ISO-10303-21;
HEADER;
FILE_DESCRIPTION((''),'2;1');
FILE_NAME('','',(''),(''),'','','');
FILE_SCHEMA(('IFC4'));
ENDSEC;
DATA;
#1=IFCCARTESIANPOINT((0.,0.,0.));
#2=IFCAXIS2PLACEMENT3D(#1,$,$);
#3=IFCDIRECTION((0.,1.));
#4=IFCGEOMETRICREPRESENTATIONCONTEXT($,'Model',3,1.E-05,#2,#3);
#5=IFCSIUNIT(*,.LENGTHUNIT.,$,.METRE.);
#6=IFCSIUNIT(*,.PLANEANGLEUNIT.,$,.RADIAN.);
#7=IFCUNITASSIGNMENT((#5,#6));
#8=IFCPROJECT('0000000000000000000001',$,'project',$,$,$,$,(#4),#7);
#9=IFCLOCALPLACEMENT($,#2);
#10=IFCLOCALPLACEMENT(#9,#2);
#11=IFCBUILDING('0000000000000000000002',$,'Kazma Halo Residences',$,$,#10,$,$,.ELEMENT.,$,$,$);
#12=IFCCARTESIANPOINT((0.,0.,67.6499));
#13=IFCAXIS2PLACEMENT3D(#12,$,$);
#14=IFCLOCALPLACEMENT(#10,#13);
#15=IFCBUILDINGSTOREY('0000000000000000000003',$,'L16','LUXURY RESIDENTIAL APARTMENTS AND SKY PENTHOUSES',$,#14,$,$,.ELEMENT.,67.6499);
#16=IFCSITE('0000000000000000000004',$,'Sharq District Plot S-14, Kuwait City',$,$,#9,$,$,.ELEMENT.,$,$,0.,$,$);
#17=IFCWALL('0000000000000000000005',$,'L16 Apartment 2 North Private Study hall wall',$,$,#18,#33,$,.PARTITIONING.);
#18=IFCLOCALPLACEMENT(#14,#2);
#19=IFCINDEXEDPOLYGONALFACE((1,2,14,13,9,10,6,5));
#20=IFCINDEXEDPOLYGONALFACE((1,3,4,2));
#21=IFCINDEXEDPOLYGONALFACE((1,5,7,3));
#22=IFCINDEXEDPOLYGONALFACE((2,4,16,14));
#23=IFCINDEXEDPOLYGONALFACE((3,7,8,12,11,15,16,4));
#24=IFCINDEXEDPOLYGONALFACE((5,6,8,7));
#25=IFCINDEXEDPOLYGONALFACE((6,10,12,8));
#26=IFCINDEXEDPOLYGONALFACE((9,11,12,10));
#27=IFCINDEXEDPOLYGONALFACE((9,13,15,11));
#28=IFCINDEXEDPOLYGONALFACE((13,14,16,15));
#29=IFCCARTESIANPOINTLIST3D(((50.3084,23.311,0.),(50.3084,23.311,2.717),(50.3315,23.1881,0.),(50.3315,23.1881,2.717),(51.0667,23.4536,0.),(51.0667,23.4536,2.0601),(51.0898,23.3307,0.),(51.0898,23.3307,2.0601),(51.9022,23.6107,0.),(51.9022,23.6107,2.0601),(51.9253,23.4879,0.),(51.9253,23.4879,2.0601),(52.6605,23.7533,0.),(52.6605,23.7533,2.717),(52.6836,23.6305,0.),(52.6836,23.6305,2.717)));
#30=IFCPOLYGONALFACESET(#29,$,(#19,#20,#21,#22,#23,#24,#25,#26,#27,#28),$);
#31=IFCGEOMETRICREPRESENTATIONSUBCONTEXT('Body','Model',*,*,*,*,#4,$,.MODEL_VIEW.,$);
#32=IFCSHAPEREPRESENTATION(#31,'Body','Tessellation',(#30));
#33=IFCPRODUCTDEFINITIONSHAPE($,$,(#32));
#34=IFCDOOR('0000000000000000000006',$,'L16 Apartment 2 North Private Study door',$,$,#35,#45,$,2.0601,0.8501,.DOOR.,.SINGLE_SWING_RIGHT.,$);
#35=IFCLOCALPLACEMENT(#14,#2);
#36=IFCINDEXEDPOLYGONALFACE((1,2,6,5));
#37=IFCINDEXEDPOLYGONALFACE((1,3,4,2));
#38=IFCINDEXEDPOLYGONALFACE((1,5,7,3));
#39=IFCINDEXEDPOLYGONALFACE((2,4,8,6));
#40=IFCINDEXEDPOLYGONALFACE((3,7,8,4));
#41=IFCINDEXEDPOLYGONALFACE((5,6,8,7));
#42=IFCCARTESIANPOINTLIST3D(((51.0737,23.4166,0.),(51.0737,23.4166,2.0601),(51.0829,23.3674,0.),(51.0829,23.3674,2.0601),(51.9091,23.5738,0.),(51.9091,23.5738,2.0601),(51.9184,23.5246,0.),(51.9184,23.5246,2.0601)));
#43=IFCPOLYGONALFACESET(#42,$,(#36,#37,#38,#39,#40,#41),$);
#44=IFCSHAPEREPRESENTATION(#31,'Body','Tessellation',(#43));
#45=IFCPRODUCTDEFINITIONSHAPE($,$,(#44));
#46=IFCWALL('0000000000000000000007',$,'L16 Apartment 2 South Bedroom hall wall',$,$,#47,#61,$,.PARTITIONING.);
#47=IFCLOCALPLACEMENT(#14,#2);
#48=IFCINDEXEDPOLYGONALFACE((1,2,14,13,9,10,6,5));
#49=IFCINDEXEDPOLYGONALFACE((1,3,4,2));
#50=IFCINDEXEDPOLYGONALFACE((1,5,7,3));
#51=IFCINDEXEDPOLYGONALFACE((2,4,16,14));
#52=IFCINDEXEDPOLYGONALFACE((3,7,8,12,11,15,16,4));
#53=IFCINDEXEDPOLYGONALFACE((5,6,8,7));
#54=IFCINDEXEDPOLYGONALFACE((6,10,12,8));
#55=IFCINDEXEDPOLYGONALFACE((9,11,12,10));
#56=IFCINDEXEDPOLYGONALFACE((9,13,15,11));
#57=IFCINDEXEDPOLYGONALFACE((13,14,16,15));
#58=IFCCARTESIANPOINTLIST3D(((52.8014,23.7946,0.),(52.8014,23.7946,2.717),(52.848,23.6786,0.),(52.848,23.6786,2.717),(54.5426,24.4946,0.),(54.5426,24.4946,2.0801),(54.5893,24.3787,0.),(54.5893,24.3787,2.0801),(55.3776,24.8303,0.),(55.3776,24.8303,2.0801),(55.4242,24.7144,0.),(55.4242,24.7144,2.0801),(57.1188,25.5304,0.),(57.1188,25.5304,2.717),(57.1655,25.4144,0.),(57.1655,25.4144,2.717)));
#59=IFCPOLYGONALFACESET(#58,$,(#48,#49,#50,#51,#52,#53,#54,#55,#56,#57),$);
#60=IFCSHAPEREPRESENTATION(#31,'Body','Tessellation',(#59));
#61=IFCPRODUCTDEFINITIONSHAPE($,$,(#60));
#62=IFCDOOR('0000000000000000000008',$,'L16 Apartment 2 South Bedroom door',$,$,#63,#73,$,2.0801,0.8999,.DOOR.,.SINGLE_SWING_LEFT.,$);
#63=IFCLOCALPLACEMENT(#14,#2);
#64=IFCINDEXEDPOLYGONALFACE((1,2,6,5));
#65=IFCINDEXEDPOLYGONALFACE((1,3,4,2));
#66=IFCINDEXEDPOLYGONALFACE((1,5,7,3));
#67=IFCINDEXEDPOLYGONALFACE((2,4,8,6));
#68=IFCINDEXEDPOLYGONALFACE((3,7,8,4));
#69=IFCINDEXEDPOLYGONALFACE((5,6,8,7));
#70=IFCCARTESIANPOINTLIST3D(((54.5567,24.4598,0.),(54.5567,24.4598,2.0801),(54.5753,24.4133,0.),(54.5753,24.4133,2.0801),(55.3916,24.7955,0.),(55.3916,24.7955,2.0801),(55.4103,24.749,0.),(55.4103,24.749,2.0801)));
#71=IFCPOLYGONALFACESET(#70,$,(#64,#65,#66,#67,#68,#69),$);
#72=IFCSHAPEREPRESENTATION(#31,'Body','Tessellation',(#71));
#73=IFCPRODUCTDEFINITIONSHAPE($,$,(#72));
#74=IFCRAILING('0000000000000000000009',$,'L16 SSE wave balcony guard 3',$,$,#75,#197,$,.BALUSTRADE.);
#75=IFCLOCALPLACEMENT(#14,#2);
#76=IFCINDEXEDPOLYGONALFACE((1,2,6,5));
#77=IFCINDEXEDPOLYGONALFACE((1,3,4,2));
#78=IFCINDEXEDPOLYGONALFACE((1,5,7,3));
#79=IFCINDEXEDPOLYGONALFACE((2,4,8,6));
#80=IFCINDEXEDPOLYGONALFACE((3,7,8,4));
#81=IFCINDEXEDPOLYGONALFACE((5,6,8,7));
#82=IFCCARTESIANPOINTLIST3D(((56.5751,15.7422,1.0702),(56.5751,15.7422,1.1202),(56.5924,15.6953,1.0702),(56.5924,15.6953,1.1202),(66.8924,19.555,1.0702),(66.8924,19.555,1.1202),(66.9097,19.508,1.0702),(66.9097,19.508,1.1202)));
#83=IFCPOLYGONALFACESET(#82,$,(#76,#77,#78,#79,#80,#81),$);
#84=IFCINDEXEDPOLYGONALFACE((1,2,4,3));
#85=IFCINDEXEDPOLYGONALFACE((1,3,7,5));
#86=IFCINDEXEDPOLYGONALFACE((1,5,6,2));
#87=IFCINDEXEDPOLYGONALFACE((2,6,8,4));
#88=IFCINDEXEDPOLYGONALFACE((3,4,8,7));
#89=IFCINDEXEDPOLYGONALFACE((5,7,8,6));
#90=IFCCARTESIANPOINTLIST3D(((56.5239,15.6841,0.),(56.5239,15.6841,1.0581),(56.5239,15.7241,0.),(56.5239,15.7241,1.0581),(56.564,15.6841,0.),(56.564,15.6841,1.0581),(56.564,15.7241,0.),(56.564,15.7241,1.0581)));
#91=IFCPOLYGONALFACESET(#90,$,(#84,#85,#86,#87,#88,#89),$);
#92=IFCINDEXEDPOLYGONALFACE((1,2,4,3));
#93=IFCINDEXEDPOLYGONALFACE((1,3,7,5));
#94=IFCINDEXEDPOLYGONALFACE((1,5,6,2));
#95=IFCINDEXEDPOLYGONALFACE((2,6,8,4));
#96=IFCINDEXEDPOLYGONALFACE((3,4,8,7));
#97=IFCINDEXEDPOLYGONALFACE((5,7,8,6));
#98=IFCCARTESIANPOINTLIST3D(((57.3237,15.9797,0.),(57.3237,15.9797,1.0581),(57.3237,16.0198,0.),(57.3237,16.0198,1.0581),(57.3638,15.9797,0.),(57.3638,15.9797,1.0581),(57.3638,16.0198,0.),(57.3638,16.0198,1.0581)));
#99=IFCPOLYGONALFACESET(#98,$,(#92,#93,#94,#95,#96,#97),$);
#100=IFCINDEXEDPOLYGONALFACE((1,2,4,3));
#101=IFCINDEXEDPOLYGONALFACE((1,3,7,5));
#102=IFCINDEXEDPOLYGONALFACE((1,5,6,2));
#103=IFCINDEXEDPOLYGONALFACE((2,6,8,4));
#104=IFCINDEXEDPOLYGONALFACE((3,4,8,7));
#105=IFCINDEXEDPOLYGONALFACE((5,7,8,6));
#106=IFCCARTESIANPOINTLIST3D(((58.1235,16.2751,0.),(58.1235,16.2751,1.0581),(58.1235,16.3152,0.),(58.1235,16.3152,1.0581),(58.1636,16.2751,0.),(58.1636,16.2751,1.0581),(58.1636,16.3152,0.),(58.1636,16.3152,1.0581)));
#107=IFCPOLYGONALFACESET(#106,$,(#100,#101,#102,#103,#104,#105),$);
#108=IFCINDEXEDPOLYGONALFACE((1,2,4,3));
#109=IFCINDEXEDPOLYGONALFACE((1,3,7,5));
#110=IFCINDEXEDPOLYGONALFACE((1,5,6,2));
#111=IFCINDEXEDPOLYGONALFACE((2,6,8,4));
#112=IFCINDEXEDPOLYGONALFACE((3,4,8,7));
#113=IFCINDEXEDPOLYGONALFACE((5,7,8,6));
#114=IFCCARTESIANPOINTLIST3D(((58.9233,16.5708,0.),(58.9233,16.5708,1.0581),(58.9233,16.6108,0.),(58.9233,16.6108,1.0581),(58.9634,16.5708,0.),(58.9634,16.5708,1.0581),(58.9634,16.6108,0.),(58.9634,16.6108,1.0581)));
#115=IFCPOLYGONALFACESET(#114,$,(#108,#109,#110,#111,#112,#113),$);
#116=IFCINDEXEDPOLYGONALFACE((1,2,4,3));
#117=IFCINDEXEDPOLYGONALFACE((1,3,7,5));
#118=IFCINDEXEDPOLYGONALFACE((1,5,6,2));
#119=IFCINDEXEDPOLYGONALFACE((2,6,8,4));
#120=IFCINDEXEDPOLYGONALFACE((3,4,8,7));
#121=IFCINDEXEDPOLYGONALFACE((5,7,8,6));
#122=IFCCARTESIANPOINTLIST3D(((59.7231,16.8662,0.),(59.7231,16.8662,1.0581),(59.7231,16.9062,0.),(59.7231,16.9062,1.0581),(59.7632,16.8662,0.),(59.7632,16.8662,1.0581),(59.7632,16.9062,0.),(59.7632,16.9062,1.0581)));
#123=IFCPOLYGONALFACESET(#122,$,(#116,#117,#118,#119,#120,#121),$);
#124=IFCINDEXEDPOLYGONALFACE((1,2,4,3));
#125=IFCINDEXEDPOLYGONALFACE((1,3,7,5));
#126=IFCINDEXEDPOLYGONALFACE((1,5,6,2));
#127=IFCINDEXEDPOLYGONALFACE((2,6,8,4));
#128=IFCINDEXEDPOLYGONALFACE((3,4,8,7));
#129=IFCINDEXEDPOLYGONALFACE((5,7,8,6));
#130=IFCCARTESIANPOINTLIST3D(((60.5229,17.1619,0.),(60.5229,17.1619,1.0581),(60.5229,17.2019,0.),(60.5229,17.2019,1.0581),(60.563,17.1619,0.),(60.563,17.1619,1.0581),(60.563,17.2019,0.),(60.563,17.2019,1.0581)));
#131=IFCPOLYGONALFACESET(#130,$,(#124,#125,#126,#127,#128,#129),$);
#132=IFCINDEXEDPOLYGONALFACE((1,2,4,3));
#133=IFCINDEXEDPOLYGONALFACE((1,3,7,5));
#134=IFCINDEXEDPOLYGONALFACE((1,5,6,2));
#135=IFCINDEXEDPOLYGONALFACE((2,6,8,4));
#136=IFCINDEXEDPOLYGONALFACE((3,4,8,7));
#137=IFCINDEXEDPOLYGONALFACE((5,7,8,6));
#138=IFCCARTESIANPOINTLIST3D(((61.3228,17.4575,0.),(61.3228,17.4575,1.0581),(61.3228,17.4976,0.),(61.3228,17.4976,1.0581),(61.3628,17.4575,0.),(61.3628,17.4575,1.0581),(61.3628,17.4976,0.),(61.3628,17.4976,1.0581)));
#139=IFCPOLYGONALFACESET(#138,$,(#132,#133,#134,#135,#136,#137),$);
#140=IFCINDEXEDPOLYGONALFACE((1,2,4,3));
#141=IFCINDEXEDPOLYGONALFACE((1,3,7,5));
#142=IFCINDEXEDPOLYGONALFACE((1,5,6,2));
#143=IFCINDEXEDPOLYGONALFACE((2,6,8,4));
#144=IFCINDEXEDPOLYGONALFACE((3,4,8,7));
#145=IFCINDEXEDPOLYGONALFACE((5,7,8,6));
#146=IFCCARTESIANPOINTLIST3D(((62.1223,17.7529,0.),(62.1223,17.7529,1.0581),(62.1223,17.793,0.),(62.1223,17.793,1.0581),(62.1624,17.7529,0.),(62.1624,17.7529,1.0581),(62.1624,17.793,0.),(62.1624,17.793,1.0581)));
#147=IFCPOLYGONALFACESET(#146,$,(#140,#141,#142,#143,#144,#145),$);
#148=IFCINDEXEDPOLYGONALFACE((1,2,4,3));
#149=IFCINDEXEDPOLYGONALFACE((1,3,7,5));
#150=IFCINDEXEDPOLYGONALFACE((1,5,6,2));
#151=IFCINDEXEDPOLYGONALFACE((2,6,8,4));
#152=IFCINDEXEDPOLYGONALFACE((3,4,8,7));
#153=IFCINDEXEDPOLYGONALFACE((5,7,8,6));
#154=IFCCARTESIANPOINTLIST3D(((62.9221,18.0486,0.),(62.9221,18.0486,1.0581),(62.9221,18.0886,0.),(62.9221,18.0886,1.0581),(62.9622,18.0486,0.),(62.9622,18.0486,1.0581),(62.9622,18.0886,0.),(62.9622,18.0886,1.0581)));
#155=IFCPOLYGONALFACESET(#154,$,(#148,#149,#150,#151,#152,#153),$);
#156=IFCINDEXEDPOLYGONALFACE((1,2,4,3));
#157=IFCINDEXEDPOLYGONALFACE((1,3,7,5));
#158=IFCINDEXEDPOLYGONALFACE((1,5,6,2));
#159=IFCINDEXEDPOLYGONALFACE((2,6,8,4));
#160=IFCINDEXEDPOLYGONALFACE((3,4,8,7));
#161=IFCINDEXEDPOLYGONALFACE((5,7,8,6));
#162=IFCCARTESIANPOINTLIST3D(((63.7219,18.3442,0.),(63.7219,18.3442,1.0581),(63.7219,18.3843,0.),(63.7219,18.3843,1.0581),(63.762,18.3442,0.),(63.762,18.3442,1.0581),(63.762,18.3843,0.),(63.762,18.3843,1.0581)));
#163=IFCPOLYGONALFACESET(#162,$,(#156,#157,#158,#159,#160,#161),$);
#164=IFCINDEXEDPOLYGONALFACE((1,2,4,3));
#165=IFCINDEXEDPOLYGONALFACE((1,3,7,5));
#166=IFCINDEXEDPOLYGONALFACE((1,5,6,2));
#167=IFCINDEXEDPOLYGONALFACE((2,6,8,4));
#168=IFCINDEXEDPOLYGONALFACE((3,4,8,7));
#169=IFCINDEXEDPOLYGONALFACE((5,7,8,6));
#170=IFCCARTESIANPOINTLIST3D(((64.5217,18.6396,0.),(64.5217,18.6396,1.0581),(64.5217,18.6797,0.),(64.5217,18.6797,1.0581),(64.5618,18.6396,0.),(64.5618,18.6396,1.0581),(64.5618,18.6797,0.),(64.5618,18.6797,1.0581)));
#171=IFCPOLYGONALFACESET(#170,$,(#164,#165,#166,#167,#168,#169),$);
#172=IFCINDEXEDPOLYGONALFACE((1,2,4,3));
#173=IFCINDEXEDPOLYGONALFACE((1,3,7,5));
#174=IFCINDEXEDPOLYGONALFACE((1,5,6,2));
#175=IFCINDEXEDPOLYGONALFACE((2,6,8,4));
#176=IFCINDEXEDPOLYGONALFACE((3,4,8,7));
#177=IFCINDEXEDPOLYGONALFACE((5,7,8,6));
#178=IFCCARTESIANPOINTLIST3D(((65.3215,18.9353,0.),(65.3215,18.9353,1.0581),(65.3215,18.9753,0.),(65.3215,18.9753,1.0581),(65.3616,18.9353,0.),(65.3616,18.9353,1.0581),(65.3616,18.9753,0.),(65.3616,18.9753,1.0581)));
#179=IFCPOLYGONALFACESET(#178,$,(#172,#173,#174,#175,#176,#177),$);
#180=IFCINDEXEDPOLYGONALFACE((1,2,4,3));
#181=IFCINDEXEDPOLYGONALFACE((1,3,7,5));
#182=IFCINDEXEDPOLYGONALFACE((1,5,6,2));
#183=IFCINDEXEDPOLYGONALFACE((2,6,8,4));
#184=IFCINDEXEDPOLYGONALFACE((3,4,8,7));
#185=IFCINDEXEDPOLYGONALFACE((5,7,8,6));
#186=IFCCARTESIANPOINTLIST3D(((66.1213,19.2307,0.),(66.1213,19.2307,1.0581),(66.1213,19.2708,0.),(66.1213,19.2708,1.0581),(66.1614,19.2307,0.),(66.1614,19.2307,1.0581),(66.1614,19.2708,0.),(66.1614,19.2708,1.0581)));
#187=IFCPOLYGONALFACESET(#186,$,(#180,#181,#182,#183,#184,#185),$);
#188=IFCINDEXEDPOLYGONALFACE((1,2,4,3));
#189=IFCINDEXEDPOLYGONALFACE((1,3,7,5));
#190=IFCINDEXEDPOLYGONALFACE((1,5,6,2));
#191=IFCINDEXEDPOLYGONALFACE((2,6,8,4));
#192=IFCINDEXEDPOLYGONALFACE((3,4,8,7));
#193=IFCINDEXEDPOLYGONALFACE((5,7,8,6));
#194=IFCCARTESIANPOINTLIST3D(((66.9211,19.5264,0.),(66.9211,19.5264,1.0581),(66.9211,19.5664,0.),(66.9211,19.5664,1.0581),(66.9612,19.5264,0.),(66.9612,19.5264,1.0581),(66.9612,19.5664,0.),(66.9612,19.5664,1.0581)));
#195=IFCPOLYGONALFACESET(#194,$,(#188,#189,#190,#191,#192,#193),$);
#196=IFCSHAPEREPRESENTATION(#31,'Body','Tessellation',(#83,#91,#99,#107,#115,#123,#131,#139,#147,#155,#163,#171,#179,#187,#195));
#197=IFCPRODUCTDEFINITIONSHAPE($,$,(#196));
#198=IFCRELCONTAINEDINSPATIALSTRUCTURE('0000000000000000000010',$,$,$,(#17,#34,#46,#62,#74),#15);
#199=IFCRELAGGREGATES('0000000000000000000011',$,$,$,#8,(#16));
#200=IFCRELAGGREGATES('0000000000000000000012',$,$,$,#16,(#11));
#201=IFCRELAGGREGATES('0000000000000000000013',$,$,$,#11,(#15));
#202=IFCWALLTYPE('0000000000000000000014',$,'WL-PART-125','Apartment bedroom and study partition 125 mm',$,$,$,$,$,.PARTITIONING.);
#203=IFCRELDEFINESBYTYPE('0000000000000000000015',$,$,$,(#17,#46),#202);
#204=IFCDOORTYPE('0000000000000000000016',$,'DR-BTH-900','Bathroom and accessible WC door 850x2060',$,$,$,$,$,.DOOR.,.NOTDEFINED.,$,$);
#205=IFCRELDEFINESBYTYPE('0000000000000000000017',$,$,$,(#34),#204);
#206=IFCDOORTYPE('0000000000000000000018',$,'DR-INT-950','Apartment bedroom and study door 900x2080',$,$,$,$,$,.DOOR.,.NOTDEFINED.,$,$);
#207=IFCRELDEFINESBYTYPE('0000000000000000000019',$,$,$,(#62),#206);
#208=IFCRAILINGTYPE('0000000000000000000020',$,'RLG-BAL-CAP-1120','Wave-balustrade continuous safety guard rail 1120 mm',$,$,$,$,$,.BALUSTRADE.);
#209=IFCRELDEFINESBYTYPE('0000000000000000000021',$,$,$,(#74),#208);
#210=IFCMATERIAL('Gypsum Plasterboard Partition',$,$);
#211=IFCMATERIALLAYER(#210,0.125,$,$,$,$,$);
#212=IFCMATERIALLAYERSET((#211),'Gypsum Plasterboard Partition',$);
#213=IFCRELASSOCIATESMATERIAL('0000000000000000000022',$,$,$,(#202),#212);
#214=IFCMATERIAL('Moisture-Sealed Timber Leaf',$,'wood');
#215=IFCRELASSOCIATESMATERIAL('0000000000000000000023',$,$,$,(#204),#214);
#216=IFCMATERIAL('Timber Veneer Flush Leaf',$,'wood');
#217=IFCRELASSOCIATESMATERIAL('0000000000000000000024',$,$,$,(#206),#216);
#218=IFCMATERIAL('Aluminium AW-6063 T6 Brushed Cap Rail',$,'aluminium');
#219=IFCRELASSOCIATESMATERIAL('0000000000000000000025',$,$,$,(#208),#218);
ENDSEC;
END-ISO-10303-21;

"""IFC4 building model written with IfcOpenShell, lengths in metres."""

from ifc_helpers import new_model, si_unit, direction, frame, frame_2d, origin, origin_2d, place, context, subcontext, project, spatial, rectangle, extrude, material, layer, layer_set, type_object, element, fill, save


model = new_model("IFC4")

# Units and contexts
model_context = context("Model", 3, precision=1e-05, world=origin(), true_north=direction((0.0, 1.0)))
body_context = subcontext(model_context, "Body", "Model", "MODEL_VIEW")
ifc_project = project(units=[si_unit("LENGTHUNIT", "METRE"), si_unit("PLANEANGLEUNIT", "RADIAN")], contexts=[model_context])

# Site, building, storey
site_placement = place(None, origin())
site = spatial("IfcSite", under=ifc_project, at=site_placement, Name="Sharq District Plot S-14, Kuwait City", CompositionType="ELEMENT", RefElevation=0.0)
building_placement = place(site_placement, origin())
building = spatial("IfcBuilding", under=site, at=building_placement, Name="Kazma Halo Residences", CompositionType="ELEMENT")
storey_placement = place(building_placement, frame((0.0, 0.0, 67.6499)))
storey = spatial("IfcBuildingStorey", under=building, at=storey_placement, Name="L16", Description="LUXURY RESIDENTIAL APARTMENTS AND SKY PENTHOUSES", CompositionType="ELEMENT", Elevation=67.6499)

# Shared definitions
ifc_material_1 = material(Name="Gypsum Plasterboard Partition")
ifc_layer_1 = layer(ifc_material_1, 0.125)
ifc_layer_set_1 = layer_set([ifc_layer_1], Name="Gypsum Plasterboard Partition")
wall_type_1 = type_object("IfcWallType", Name="WL-PART-125", Description="Apartment bedroom and study partition 125 mm", PredefinedType="PARTITIONING", material=ifc_layer_set_1)

# Walls, openings, doors
wall_1_placement = place(storey_placement, frame((50.3198, 23.2495, 0.0), z_axis=(0.0, 0.0, 1.0), x_axis=(0.982768, 0.184843, 0.0)))
wall_1 = element("IfcWall", 1, at=wall_1_placement, inside=storey, type_object=wall_type_1, Name="L16 Apartment 2 North Private Study hall wall", PredefinedType="PARTITIONING", context=body_context, shape_type="SweptSolid", body=[
    extrude(rectangle(XDim=2.3933, YDim=0.125, at=frame_2d((1.1968, 0.0))), origin(), (0.0, 0.0, 1.0), 2.717),
])
opening_1_placement = place(wall_1_placement, frame((0.7717, 0.0, 0.0)))
opening_1 = element("IfcOpeningElement", 2, at=opening_1_placement, cuts=wall_1, PredefinedType="OPENING", context=body_context, shape_type="SweptSolid", body=[
    extrude(rectangle(XDim=0.8501, YDim=2.0601, at=frame_2d((0.425, 1.03))), frame((0.0, 0.0725, 0.0), z_axis=(0.0, -1.0, 0.0), x_axis=(1.0, 0.0, 0.0)), (0.0, 0.0, 1.0), 0.145),
])
ifc_material_2 = material(Name="Moisture-Sealed Timber Leaf", Category="wood")
door_type_1 = type_object("IfcDoorType", Name="DR-BTH-900", Description="Bathroom and accessible WC door 850x2060", OperationType="NOTDEFINED", PredefinedType="DOOR", material=ifc_material_2)
door_1_placement = place(opening_1_placement, origin())
door_1 = element("IfcDoor", 3, at=door_1_placement, inside=storey, type_object=door_type_1, Name="L16 Apartment 2 North Private Study door", OperationType="SINGLE_SWING_RIGHT", OverallHeight=2.0601, OverallWidth=0.8501, PredefinedType="DOOR", context=body_context, shape_type="SweptSolid", body=[
    extrude(rectangle(XDim=0.8501, YDim=2.0601, at=frame_2d((0.425, 1.03))), frame((0.0, 0.0249, 0.0), z_axis=(0.0, -1.0, 0.0), x_axis=(1.0, 0.0, 0.0)), (0.0, 0.0, 1.0), 0.05),
])
fill(opening_1, door_1)
wall_2_placement = place(storey_placement, frame((52.8247, 23.7366, 0.0), z_axis=(0.0, 0.0, 1.0), x_axis=(0.927817, 0.373036, 0.0)))
wall_2 = element("IfcWall", 4, at=wall_2_placement, inside=storey, type_object=wall_type_1, Name="L16 Apartment 2 South Bedroom hall wall", PredefinedType="PARTITIONING", context=body_context, shape_type="SweptSolid", body=[
    extrude(rectangle(XDim=4.6533, YDim=0.125, at=frame_2d((2.3267, 0.0))), origin(), (0.0, 0.0, 1.0), 2.717),
])
opening_2_placement = place(wall_2_placement, frame((1.8767, 0.0, 0.0)))
opening_2 = element("IfcOpeningElement", 5, at=opening_2_placement, cuts=wall_2, PredefinedType="OPENING", context=body_context, shape_type="SweptSolid", body=[
    extrude(rectangle(XDim=0.8999, YDim=2.0801, at=frame_2d((0.45, 1.04))), frame((0.0, 0.0725, 0.0), z_axis=(0.0, -1.0, 0.0), x_axis=(1.0, 0.0, 0.0)), (0.0, 0.0, 1.0), 0.145),
])
ifc_material_3 = material(Name="Timber Veneer Flush Leaf", Category="wood")
door_type_2 = type_object("IfcDoorType", Name="DR-INT-950", Description="Apartment bedroom and study door 900x2080", OperationType="NOTDEFINED", PredefinedType="DOOR", material=ifc_material_3)
door_2_placement = place(opening_2_placement, origin())
door_2 = element("IfcDoor", 6, at=door_2_placement, inside=storey, type_object=door_type_2, Name="L16 Apartment 2 South Bedroom door", OperationType="SINGLE_SWING_LEFT", OverallHeight=2.0801, OverallWidth=0.8999, PredefinedType="DOOR", context=body_context, shape_type="SweptSolid", body=[
    extrude(rectangle(XDim=0.8999, YDim=2.0801, at=frame_2d((0.45, 1.04))), frame((0.0, 0.0249, 0.0), z_axis=(0.0, -1.0, 0.0), x_axis=(1.0, 0.0, 0.0)), (0.0, 0.0, 1.0), 0.05),
])
fill(opening_2, door_2)

# Railing
ifc_material_4 = material(Name="Aluminium AW-6063 T6 Brushed Cap Rail", Category="aluminium")
railing_type = type_object("IfcRailingType", Name="RLG-BAL-CAP-1120", Description="Wave-balustrade continuous safety guard rail 1120 mm", PredefinedType="BALUSTRADE", material=ifc_material_4)
railing_placement = place(storey_placement, frame((56.5439, 15.7041, 0.0)))
element("IfcRailing", 7, at=railing_placement, inside=storey, type_object=railing_type, Name="L16 SSE wave balcony guard 3", PredefinedType="BALUSTRADE", context=body_context, shape_type="SweptSolid", body=[
    extrude(rectangle(XDim=0.05, YDim=0.05, at=origin_2d()), frame((0.0398, 0.0146, 1.0952), z_axis=(0.937999, 0.346637, 0.0), x_axis=(-0.346637, 0.937999, 0.0)), (0.0, 0.0, 1.0), 10.9993),
    extrude(rectangle(XDim=0.04, YDim=0.04, at=origin_2d()), origin(), (0.0, 0.0, 1.0), 1.0581),
    extrude(rectangle(XDim=0.04, YDim=0.04, at=origin_2d()), frame((0.7998, 0.2957, 0.0)), (0.0, 0.0, 1.0), 1.0581),
    extrude(rectangle(XDim=0.04, YDim=0.04, at=origin_2d()), frame((1.5996, 0.5911, 0.0)), (0.0, 0.0, 1.0), 1.0581),
    extrude(rectangle(XDim=0.04, YDim=0.04, at=origin_2d()), frame((2.3994, 0.8867, 0.0)), (0.0, 0.0, 1.0), 1.0581),
    extrude(rectangle(XDim=0.04, YDim=0.04, at=origin_2d()), frame((3.1992, 1.1821, 0.0)), (0.0, 0.0, 1.0), 1.0581),
    extrude(rectangle(XDim=0.04, YDim=0.04, at=origin_2d()), frame((3.999, 1.4778, 0.0)), (0.0, 0.0, 1.0), 1.0581),
    extrude(rectangle(XDim=0.04, YDim=0.04, at=origin_2d()), frame((4.7988, 1.7734, 0.0)), (0.0, 0.0, 1.0), 1.0581),
    extrude(rectangle(XDim=0.04, YDim=0.04, at=origin_2d()), frame((5.5984, 2.0688, 0.0)), (0.0, 0.0, 1.0), 1.0581),
    extrude(rectangle(XDim=0.04, YDim=0.04, at=origin_2d()), frame((6.3982, 2.3645, 0.0)), (0.0, 0.0, 1.0), 1.0581),
    extrude(rectangle(XDim=0.04, YDim=0.04, at=origin_2d()), frame((7.198, 2.6602, 0.0)), (0.0, 0.0, 1.0), 1.0581),
    extrude(rectangle(XDim=0.04, YDim=0.04, at=origin_2d()), frame((7.9978, 2.9556, 0.0)), (0.0, 0.0, 1.0), 1.0581),
    extrude(rectangle(XDim=0.04, YDim=0.04, at=origin_2d()), frame((8.7976, 3.2512, 0.0)), (0.0, 0.0, 1.0), 1.0581),
    extrude(rectangle(XDim=0.04, YDim=0.04, at=origin_2d()), frame((9.5974, 3.5466, 0.0)), (0.0, 0.0, 1.0), 1.0581),
    extrude(rectangle(XDim=0.04, YDim=0.04, at=origin_2d()), frame((10.3972, 3.8423, 0.0)), (0.0, 0.0, 1.0), 1.0581),
])

save(model, "model.ifc")
